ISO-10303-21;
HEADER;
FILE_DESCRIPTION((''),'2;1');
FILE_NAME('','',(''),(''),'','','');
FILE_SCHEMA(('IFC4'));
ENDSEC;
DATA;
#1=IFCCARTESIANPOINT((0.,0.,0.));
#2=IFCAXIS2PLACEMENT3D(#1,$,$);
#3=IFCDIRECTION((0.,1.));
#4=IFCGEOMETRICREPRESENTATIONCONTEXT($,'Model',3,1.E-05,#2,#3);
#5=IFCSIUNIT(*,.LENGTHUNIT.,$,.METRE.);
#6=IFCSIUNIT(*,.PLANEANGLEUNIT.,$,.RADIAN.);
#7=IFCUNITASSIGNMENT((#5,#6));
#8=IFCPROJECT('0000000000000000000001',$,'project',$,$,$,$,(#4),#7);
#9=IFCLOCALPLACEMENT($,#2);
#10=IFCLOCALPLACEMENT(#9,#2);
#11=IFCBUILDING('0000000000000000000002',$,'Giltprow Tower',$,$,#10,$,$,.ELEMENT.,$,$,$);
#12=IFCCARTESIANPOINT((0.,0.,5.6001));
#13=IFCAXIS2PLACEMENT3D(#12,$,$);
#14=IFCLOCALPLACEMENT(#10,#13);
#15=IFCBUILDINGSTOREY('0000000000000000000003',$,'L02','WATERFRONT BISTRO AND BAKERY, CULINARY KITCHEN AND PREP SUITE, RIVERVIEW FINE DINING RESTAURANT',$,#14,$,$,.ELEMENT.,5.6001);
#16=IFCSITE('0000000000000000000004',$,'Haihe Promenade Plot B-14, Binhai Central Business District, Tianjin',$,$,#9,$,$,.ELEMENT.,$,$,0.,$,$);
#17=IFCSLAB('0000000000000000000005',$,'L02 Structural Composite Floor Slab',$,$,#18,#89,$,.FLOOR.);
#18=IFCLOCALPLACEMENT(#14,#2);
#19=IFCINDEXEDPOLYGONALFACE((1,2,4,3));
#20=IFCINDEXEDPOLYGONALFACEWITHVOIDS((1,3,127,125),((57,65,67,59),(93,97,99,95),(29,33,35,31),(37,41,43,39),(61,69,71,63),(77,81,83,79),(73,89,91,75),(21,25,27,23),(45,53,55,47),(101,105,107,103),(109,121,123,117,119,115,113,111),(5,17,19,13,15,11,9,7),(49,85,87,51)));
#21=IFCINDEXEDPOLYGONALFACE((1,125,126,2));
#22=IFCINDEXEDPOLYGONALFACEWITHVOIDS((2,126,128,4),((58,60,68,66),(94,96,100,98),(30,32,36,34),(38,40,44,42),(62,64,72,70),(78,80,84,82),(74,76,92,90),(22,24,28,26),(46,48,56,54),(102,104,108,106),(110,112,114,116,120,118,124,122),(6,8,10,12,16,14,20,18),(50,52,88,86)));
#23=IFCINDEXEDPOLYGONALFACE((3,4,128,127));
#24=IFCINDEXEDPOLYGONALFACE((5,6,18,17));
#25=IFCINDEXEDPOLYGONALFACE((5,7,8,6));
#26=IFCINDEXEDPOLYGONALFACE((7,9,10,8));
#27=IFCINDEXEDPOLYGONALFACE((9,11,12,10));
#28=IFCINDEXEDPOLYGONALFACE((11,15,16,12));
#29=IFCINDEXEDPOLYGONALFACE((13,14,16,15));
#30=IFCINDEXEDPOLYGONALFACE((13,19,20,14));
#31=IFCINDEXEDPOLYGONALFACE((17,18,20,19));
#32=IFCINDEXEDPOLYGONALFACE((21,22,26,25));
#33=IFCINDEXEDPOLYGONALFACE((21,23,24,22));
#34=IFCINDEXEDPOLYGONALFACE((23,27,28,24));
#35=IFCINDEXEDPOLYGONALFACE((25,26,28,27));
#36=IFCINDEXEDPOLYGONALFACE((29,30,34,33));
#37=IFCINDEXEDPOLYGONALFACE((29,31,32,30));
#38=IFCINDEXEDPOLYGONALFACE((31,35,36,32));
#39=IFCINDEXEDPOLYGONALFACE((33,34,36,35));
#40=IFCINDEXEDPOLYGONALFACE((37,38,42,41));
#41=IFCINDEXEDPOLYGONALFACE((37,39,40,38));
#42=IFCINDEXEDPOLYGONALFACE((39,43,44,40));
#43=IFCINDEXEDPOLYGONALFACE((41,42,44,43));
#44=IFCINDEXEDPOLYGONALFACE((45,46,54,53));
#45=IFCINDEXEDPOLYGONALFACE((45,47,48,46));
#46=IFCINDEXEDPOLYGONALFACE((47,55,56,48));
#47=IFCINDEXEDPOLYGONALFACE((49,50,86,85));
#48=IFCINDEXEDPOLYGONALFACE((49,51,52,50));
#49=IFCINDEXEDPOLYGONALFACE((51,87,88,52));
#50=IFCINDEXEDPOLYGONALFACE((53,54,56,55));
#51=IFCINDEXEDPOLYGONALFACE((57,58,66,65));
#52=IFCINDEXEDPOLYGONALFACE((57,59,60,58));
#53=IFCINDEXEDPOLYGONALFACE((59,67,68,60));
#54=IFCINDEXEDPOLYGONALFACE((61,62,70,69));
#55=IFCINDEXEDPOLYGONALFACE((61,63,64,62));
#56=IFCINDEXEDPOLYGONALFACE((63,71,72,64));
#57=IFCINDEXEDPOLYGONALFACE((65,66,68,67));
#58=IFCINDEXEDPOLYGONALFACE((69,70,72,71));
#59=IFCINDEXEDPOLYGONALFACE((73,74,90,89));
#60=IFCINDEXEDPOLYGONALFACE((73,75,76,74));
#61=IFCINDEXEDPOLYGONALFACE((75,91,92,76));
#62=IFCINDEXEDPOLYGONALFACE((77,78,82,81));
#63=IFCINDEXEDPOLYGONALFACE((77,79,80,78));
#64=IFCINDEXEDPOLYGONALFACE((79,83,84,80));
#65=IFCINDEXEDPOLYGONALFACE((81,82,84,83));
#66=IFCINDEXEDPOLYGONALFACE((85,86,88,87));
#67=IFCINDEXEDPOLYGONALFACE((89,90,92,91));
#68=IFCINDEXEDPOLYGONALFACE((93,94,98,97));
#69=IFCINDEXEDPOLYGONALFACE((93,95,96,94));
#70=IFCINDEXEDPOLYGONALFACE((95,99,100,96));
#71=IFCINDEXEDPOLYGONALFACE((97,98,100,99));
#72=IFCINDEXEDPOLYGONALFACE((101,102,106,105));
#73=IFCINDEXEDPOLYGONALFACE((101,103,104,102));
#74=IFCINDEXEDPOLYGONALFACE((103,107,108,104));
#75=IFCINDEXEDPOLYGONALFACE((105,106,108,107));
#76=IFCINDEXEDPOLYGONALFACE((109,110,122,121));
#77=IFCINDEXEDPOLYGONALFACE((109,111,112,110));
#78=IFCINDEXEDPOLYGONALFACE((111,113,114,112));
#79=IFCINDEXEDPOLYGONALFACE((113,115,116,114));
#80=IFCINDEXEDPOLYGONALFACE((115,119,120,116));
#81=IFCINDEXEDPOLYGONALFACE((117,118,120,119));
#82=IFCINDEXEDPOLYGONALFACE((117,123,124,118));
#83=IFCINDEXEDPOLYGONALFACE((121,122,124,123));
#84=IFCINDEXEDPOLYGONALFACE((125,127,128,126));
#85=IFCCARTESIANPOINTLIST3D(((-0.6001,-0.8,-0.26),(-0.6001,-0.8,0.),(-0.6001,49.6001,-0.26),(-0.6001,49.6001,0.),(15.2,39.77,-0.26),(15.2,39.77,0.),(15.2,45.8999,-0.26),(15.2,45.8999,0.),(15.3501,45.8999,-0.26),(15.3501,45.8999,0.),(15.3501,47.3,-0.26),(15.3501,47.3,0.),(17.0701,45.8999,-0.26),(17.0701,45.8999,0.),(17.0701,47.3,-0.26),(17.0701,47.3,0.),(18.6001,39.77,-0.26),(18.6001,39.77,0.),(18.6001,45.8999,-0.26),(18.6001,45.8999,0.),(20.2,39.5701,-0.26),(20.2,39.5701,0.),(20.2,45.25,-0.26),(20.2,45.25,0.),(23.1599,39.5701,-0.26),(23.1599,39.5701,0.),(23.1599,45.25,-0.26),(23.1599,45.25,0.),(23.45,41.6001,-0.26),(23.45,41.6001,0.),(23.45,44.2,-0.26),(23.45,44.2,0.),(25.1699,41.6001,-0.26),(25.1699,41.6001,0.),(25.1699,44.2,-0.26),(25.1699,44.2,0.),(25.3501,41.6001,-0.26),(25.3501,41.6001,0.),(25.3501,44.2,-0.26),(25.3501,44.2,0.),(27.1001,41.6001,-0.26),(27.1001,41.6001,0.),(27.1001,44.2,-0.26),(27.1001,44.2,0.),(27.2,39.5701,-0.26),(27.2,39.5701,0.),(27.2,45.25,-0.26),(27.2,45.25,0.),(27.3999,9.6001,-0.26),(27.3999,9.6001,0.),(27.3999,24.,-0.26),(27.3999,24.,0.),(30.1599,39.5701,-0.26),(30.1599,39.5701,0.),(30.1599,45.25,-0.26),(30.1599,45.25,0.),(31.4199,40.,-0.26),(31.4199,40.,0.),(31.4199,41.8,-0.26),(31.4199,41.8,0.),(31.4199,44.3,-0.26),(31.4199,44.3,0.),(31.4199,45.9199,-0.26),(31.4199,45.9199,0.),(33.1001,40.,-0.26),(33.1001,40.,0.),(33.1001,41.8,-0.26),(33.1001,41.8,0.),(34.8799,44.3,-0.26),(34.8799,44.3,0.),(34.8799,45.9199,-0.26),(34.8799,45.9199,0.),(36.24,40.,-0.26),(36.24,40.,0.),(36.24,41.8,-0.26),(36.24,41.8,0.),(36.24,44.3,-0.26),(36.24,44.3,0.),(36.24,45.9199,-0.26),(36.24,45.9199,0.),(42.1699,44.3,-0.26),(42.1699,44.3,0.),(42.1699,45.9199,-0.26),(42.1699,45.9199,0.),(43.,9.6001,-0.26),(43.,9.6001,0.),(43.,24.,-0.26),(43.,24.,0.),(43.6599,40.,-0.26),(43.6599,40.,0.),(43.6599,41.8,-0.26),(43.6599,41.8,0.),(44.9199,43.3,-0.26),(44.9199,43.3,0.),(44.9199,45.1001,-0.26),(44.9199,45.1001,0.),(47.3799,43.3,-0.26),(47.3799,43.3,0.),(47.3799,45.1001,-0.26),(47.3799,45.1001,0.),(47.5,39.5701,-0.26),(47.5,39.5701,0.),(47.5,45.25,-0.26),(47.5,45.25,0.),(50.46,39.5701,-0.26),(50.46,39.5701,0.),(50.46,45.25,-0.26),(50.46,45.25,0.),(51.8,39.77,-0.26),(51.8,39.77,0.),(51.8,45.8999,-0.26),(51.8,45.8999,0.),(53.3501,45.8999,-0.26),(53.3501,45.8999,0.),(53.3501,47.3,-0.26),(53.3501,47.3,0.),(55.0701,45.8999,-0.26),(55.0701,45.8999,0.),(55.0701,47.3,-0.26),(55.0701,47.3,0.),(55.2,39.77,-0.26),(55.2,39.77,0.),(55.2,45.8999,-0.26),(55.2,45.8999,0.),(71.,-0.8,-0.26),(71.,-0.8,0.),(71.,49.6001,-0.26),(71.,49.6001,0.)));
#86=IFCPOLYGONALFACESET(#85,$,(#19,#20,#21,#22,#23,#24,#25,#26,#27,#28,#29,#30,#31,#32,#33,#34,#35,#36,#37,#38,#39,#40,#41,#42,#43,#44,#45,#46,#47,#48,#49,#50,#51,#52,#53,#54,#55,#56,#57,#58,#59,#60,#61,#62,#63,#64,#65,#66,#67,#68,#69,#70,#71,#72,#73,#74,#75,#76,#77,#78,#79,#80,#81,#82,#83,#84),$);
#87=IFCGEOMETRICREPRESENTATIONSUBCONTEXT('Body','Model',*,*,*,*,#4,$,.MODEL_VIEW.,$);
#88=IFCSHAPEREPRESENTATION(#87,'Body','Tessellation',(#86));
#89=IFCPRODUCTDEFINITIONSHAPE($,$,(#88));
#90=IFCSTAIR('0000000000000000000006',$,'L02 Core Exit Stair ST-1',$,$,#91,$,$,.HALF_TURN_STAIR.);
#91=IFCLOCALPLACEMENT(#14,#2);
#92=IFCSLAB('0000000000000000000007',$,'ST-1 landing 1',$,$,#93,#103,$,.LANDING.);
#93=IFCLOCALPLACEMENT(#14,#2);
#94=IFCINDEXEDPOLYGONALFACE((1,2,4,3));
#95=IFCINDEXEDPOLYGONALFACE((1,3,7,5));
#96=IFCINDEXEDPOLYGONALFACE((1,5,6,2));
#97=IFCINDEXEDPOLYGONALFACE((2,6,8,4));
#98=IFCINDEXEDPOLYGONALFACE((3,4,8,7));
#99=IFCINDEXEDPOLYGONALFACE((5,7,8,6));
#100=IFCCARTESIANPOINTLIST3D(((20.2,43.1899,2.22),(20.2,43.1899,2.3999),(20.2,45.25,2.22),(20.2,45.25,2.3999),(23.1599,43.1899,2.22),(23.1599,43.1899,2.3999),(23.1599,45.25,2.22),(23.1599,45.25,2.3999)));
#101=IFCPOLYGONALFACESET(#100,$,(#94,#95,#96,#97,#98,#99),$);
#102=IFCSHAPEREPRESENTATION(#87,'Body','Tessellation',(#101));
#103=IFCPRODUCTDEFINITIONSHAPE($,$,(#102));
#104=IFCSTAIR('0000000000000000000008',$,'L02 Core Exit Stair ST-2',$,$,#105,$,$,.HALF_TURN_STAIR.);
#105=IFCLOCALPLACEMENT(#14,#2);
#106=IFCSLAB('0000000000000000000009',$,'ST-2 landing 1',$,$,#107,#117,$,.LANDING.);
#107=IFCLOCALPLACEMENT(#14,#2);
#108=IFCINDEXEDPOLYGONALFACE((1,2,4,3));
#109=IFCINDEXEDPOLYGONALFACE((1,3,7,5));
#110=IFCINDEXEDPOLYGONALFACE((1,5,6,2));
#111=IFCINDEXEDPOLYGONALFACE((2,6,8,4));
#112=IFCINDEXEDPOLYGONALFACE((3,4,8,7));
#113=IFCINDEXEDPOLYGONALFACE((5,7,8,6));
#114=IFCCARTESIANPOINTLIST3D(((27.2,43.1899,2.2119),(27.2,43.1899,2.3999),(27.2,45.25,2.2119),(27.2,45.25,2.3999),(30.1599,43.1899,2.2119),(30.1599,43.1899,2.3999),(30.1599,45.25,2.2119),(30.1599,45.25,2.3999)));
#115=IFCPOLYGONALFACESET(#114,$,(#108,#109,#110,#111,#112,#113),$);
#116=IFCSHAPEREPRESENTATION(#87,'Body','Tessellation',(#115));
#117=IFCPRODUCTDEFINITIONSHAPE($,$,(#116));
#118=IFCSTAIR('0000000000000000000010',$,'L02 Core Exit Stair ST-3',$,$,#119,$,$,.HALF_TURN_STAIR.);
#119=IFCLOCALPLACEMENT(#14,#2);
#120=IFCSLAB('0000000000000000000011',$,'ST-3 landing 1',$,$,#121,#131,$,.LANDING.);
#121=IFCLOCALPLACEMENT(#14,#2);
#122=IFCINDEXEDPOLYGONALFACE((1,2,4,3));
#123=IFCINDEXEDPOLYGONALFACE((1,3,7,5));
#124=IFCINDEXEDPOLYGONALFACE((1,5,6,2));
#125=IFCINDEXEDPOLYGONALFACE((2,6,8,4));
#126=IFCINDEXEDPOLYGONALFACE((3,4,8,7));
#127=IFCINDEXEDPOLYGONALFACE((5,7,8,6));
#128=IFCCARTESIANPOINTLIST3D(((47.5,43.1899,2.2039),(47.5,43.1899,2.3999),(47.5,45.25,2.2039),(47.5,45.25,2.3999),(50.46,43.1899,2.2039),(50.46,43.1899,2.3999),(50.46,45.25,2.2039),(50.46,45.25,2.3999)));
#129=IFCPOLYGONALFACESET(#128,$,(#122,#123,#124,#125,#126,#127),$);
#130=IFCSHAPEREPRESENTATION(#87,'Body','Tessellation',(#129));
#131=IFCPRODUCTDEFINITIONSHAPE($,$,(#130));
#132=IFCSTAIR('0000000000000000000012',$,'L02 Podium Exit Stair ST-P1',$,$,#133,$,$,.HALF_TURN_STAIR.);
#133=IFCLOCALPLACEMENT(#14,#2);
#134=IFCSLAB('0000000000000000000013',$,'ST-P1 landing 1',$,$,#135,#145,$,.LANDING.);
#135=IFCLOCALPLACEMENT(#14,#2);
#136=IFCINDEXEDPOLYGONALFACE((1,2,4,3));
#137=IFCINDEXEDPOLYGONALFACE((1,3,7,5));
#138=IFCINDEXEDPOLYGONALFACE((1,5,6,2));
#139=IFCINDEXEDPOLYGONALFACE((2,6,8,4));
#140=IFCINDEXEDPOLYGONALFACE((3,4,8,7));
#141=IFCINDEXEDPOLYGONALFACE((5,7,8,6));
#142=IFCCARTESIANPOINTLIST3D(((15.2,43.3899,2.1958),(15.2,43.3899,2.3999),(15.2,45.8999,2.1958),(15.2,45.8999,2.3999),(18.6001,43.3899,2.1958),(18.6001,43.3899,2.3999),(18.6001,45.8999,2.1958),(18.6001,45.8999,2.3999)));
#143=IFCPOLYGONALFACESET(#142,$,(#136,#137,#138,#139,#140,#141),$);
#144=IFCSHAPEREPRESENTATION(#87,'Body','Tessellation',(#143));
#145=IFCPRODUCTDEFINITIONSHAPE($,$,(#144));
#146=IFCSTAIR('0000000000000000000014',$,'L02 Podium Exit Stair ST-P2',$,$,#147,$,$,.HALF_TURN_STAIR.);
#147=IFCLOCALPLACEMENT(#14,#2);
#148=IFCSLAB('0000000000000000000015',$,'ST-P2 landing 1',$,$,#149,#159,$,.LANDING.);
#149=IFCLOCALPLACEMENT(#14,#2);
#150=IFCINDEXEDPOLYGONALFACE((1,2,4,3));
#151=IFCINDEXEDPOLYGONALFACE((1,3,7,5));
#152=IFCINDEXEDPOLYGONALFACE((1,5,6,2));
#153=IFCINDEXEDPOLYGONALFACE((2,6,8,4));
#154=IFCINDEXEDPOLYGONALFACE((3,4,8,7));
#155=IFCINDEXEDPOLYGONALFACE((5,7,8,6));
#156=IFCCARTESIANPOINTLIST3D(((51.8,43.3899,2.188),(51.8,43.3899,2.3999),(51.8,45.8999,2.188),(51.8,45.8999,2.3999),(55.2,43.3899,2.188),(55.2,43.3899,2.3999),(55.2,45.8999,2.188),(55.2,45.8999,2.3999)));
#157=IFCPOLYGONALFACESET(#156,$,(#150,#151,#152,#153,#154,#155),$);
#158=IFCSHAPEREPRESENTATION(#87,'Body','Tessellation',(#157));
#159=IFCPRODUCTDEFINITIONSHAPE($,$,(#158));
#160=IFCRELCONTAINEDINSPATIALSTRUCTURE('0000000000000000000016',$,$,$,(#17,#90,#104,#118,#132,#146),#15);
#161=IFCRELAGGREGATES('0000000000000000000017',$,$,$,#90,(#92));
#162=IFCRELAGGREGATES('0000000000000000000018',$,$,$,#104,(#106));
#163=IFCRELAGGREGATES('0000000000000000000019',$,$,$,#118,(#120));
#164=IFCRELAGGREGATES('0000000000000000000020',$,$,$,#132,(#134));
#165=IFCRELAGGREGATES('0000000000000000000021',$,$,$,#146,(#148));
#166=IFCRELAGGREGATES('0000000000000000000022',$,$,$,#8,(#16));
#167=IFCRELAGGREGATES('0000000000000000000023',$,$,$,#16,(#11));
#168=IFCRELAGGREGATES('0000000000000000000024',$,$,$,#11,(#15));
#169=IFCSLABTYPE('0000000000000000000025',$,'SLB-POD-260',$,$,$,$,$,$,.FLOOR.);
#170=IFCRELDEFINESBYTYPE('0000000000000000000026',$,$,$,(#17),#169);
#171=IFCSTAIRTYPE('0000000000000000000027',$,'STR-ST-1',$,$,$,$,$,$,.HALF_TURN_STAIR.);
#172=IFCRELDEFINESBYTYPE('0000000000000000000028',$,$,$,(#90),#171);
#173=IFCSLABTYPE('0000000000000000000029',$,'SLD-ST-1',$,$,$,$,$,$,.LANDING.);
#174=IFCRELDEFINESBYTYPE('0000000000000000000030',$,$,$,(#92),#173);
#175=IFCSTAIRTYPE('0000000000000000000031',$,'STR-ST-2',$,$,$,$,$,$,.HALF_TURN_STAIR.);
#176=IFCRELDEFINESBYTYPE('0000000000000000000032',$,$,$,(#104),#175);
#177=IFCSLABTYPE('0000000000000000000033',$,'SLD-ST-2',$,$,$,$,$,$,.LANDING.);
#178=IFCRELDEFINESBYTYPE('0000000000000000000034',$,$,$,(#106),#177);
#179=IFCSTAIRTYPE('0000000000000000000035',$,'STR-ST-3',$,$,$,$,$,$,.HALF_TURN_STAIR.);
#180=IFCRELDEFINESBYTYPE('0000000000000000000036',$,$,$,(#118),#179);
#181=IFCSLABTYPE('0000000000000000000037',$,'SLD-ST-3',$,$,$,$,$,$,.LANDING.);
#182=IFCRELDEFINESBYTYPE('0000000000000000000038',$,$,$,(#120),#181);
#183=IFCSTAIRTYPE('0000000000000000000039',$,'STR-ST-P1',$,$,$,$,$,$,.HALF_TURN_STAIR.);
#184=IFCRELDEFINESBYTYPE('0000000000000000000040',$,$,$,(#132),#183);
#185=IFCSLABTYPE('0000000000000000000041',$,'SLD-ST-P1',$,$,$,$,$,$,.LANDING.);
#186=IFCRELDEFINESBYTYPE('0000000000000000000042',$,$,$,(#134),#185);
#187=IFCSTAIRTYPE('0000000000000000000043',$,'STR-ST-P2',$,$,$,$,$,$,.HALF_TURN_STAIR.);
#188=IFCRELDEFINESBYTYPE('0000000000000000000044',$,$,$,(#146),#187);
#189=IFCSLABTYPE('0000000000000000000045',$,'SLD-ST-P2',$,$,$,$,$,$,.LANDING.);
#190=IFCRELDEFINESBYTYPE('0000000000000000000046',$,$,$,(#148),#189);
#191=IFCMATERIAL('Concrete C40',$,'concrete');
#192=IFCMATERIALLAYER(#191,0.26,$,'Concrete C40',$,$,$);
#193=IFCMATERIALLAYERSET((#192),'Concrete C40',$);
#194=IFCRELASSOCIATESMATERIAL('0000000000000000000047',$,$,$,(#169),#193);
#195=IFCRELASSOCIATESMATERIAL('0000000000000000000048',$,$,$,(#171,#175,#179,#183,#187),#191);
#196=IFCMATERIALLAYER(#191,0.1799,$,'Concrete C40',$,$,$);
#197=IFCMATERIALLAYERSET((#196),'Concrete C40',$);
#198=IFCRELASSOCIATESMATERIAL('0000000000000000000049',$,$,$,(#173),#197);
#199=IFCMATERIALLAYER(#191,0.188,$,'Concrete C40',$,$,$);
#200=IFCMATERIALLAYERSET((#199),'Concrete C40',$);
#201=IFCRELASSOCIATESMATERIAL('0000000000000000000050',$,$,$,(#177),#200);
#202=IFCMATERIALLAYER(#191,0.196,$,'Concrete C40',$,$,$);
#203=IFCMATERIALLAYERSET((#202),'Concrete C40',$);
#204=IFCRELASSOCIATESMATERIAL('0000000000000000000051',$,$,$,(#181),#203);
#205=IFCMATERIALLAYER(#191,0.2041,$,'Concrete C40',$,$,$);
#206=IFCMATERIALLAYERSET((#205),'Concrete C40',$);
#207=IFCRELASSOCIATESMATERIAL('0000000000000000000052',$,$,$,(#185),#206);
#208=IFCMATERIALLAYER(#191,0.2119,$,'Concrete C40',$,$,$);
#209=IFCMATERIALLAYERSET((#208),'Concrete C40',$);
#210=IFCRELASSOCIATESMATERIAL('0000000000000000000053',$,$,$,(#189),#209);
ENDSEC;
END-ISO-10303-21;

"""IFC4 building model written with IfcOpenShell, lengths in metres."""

from ifc_helpers import new_model, si_unit, direction, frame, origin, place, context, subcontext, project, spatial, polyline, outline, extrude, material, layer, layer_set, type_object, element, aggregate, save


model = new_model("IFC4")

# Units and contexts
model_context = context("Model", 3, precision=1e-05, world=origin(), true_north=direction((0.0, 1.0)))
body_context = subcontext(model_context, "Body", "Model", "MODEL_VIEW")
ifc_project = project(units=[si_unit("LENGTHUNIT", "METRE"), si_unit("PLANEANGLEUNIT", "RADIAN")], contexts=[model_context])

# Site, building, storey
site_placement = place(None, origin())
site = spatial("IfcSite", under=ifc_project, at=site_placement, Name="Haihe Promenade Plot B-14, Binhai Central Business District, Tianjin", CompositionType="ELEMENT", RefElevation=0.0)
building_placement = place(site_placement, origin())
building = spatial("IfcBuilding", under=site, at=building_placement, Name="Giltprow Tower", CompositionType="ELEMENT")
storey_placement = place(building_placement, frame((0.0, 0.0, 5.6001)))
storey = spatial("IfcBuildingStorey", under=building, at=storey_placement, Name="L02", Description="WATERFRONT BISTRO AND BAKERY, CULINARY KITCHEN AND PREP SUITE, RIVERVIEW FINE DINING RESTAURANT", CompositionType="ELEMENT", Elevation=5.6001)

# Slab
ifc_material_1 = material(Name="Concrete C40", Category="concrete")
ifc_layer_1 = layer(ifc_material_1, 0.26, Name="Concrete C40")
ifc_layer_set_1 = layer_set([ifc_layer_1], Name="Concrete C40")
slab_type_1 = type_object("IfcSlabType", Name="SLB-POD-260", PredefinedType="FLOOR", material=ifc_layer_set_1)
slab_1_placement = place(storey_placement, frame((0.0, 0.0, -0.26)))
element("IfcSlab", 1, at=slab_1_placement, inside=storey, type_object=slab_type_1, Name="L02 Structural Composite Floor Slab", PredefinedType="FLOOR", context=body_context, shape_type="SweptSolid", body=[
    extrude(outline(polyline([(-0.6001, 49.6001), (71.0, 49.6001), (71.0, -0.8), (-0.6001, -0.8), (-0.6001, 49.6001)]), holes=[polyline([(31.4199, 41.8), (31.4199, 40.0), (33.1001, 40.0), (33.1001, 41.8), (31.4199, 41.8)]), polyline([(23.1599, 39.5701), (23.1599, 45.25), (20.2, 45.25), (20.2, 39.5701), (23.1599, 39.5701)]), polyline([(30.1599, 39.5701), (30.1599, 45.25), (27.2, 45.25), (27.2, 39.5701), (30.1599, 39.5701)]), polyline([(18.6001, 39.77), (18.6001, 45.8999), (17.0701, 45.8999), (17.0701, 47.3), (15.3501, 47.3), (15.3501, 45.8999), (15.2, 45.8999), (15.2, 39.77), (18.6001, 39.77)]), polyline([(25.1699, 41.6001), (25.1699, 44.2), (23.45, 44.2), (23.45, 41.6001), (25.1699, 41.6001)]), polyline([(27.1001, 41.6001), (27.1001, 44.2), (25.3501, 44.2), (25.3501, 41.6001), (27.1001, 41.6001)]), polyline([(34.8799, 44.3), (34.8799, 45.9199), (31.4199, 45.9199), (31.4199, 44.3), (34.8799, 44.3)]), polyline([(43.0, 9.6001), (43.0, 24.0), (27.3999, 24.0), (27.3999, 9.6001), (43.0, 9.6001)]), polyline([(43.6599, 40.0), (43.6599, 41.8), (36.24, 41.8), (36.24, 40.0), (43.6599, 40.0)]), polyline([(50.46, 39.5701), (50.46, 45.25), (47.5, 45.25), (47.5, 39.5701), (50.46, 39.5701)]), polyline([(53.3501, 47.3), (53.3501, 45.8999), (51.8, 45.8999), (51.8, 39.77), (55.2, 39.77), (55.2, 45.8999), (55.0701, 45.8999), (55.0701, 47.3), (53.3501, 47.3)]), polyline([(47.3799, 43.3), (47.3799, 45.1001), (44.9199, 45.1001), (44.9199, 43.3), (47.3799, 43.3)]), polyline([(42.1699, 44.3), (42.1699, 45.9199), (36.24, 45.9199), (36.24, 44.3), (42.1699, 44.3)])]), origin(), (0.0, 0.0, 1.0), 0.26),
])

# Stairs, slabs
stair_type_1 = type_object("IfcStairType", Name="STR-ST-1", PredefinedType="HALF_TURN_STAIR", material=ifc_material_1)
stair_1_placement = place(storey_placement, origin())
stair_1 = element("IfcStair", 2, at=stair_1_placement, inside=storey, type_object=stair_type_1, Name="L02 Core Exit Stair ST-1", PredefinedType="HALF_TURN_STAIR")
ifc_layer_2 = layer(ifc_material_1, 0.1799, Name="Concrete C40")
ifc_layer_set_2 = layer_set([ifc_layer_2], Name="Concrete C40")
slab_type_2 = type_object("IfcSlabType", Name="SLD-ST-1", PredefinedType="LANDING", material=ifc_layer_set_2)
slab_2_placement = place(storey_placement, frame((0.0, 0.0, 2.22)))
slab_2 = element("IfcSlab", 3, at=slab_2_placement, type_object=slab_type_2, Name="ST-1 landing 1", PredefinedType="LANDING", context=body_context, shape_type="SweptSolid", body=[
    extrude(outline(polyline([(23.1599, 43.1899), (23.1599, 45.25), (20.2, 45.25), (20.2, 43.1899), (23.1599, 43.1899)])), origin(), (0.0, 0.0, 1.0), 0.1799),
])
aggregate(stair_1, [slab_2])
stair_type_2 = type_object("IfcStairType", Name="STR-ST-2", PredefinedType="HALF_TURN_STAIR", material=ifc_material_1)
stair_2_placement = place(storey_placement, origin())
stair_2 = element("IfcStair", 4, at=stair_2_placement, inside=storey, type_object=stair_type_2, Name="L02 Core Exit Stair ST-2", PredefinedType="HALF_TURN_STAIR")
ifc_layer_3 = layer(ifc_material_1, 0.188, Name="Concrete C40")
ifc_layer_set_3 = layer_set([ifc_layer_3], Name="Concrete C40")
slab_type_3 = type_object("IfcSlabType", Name="SLD-ST-2", PredefinedType="LANDING", material=ifc_layer_set_3)
slab_3_placement = place(storey_placement, frame((0.0, 0.0, 2.2119)))
slab_3 = element("IfcSlab", 5, at=slab_3_placement, type_object=slab_type_3, Name="ST-2 landing 1", PredefinedType="LANDING", context=body_context, shape_type="SweptSolid", body=[
    extrude(outline(polyline([(30.1599, 43.1899), (30.1599, 45.25), (27.2, 45.25), (27.2, 43.1899), (30.1599, 43.1899)])), origin(), (0.0, 0.0, 1.0), 0.188),
])
aggregate(stair_2, [slab_3])
stair_type_3 = type_object("IfcStairType", Name="STR-ST-3", PredefinedType="HALF_TURN_STAIR", material=ifc_material_1)
stair_3_placement = place(storey_placement, origin())
stair_3 = element("IfcStair", 6, at=stair_3_placement, inside=storey, type_object=stair_type_3, Name="L02 Core Exit Stair ST-3", PredefinedType="HALF_TURN_STAIR")
ifc_layer_4 = layer(ifc_material_1, 0.196, Name="Concrete C40")
ifc_layer_set_4 = layer_set([ifc_layer_4], Name="Concrete C40")
slab_type_4 = type_object("IfcSlabType", Name="SLD-ST-3", PredefinedType="LANDING", material=ifc_layer_set_4)
slab_4_placement = place(storey_placement, frame((0.0, 0.0, 2.2039)))
slab_4 = element("IfcSlab", 7, at=slab_4_placement, type_object=slab_type_4, Name="ST-3 landing 1", PredefinedType="LANDING", context=body_context, shape_type="SweptSolid", body=[
    extrude(outline(polyline([(50.46, 43.1899), (50.46, 45.25), (47.5, 45.25), (47.5, 43.1899), (50.46, 43.1899)])), origin(), (0.0, 0.0, 1.0), 0.196),
])
aggregate(stair_3, [slab_4])
stair_type_4 = type_object("IfcStairType", Name="STR-ST-P1", PredefinedType="HALF_TURN_STAIR", material=ifc_material_1)
stair_4_placement = place(storey_placement, origin())
stair_4 = element("IfcStair", 8, at=stair_4_placement, inside=storey, type_object=stair_type_4, Name="L02 Podium Exit Stair ST-P1", PredefinedType="HALF_TURN_STAIR")
ifc_layer_5 = layer(ifc_material_1, 0.2041, Name="Concrete C40")
ifc_layer_set_5 = layer_set([ifc_layer_5], Name="Concrete C40")
slab_type_5 = type_object("IfcSlabType", Name="SLD-ST-P1", PredefinedType="LANDING", material=ifc_layer_set_5)
slab_5_placement = place(storey_placement, frame((0.0, 0.0, 2.1958)))
slab_5 = element("IfcSlab", 9, at=slab_5_placement, type_object=slab_type_5, Name="ST-P1 landing 1", PredefinedType="LANDING", context=body_context, shape_type="SweptSolid", body=[
    extrude(outline(polyline([(18.6001, 43.3899), (18.6001, 45.8999), (15.2, 45.8999), (15.2, 43.3899), (18.6001, 43.3899)])), origin(), (0.0, 0.0, 1.0), 0.2041),
])
aggregate(stair_4, [slab_5])
stair_type_5 = type_object("IfcStairType", Name="STR-ST-P2", PredefinedType="HALF_TURN_STAIR", material=ifc_material_1)
stair_5_placement = place(storey_placement, origin())
stair_5 = element("IfcStair", 10, at=stair_5_placement, inside=storey, type_object=stair_type_5, Name="L02 Podium Exit Stair ST-P2", PredefinedType="HALF_TURN_STAIR")
ifc_layer_6 = layer(ifc_material_1, 0.2119, Name="Concrete C40")
ifc_layer_set_6 = layer_set([ifc_layer_6], Name="Concrete C40")
slab_type_6 = type_object("IfcSlabType", Name="SLD-ST-P2", PredefinedType="LANDING", material=ifc_layer_set_6)
slab_6_placement = place(storey_placement, frame((0.0, 0.0, 2.188)))
slab_6 = element("IfcSlab", 11, at=slab_6_placement, type_object=slab_type_6, Name="ST-P2 landing 1", PredefinedType="LANDING", context=body_context, shape_type="SweptSolid", body=[
    extrude(outline(polyline([(55.2, 43.3899), (55.2, 45.8999), (51.8, 45.8999), (51.8, 43.3899), (55.2, 43.3899)])), origin(), (0.0, 0.0, 1.0), 0.2119),
])
aggregate(stair_5, [slab_6])

save(model, "model.ifc")
